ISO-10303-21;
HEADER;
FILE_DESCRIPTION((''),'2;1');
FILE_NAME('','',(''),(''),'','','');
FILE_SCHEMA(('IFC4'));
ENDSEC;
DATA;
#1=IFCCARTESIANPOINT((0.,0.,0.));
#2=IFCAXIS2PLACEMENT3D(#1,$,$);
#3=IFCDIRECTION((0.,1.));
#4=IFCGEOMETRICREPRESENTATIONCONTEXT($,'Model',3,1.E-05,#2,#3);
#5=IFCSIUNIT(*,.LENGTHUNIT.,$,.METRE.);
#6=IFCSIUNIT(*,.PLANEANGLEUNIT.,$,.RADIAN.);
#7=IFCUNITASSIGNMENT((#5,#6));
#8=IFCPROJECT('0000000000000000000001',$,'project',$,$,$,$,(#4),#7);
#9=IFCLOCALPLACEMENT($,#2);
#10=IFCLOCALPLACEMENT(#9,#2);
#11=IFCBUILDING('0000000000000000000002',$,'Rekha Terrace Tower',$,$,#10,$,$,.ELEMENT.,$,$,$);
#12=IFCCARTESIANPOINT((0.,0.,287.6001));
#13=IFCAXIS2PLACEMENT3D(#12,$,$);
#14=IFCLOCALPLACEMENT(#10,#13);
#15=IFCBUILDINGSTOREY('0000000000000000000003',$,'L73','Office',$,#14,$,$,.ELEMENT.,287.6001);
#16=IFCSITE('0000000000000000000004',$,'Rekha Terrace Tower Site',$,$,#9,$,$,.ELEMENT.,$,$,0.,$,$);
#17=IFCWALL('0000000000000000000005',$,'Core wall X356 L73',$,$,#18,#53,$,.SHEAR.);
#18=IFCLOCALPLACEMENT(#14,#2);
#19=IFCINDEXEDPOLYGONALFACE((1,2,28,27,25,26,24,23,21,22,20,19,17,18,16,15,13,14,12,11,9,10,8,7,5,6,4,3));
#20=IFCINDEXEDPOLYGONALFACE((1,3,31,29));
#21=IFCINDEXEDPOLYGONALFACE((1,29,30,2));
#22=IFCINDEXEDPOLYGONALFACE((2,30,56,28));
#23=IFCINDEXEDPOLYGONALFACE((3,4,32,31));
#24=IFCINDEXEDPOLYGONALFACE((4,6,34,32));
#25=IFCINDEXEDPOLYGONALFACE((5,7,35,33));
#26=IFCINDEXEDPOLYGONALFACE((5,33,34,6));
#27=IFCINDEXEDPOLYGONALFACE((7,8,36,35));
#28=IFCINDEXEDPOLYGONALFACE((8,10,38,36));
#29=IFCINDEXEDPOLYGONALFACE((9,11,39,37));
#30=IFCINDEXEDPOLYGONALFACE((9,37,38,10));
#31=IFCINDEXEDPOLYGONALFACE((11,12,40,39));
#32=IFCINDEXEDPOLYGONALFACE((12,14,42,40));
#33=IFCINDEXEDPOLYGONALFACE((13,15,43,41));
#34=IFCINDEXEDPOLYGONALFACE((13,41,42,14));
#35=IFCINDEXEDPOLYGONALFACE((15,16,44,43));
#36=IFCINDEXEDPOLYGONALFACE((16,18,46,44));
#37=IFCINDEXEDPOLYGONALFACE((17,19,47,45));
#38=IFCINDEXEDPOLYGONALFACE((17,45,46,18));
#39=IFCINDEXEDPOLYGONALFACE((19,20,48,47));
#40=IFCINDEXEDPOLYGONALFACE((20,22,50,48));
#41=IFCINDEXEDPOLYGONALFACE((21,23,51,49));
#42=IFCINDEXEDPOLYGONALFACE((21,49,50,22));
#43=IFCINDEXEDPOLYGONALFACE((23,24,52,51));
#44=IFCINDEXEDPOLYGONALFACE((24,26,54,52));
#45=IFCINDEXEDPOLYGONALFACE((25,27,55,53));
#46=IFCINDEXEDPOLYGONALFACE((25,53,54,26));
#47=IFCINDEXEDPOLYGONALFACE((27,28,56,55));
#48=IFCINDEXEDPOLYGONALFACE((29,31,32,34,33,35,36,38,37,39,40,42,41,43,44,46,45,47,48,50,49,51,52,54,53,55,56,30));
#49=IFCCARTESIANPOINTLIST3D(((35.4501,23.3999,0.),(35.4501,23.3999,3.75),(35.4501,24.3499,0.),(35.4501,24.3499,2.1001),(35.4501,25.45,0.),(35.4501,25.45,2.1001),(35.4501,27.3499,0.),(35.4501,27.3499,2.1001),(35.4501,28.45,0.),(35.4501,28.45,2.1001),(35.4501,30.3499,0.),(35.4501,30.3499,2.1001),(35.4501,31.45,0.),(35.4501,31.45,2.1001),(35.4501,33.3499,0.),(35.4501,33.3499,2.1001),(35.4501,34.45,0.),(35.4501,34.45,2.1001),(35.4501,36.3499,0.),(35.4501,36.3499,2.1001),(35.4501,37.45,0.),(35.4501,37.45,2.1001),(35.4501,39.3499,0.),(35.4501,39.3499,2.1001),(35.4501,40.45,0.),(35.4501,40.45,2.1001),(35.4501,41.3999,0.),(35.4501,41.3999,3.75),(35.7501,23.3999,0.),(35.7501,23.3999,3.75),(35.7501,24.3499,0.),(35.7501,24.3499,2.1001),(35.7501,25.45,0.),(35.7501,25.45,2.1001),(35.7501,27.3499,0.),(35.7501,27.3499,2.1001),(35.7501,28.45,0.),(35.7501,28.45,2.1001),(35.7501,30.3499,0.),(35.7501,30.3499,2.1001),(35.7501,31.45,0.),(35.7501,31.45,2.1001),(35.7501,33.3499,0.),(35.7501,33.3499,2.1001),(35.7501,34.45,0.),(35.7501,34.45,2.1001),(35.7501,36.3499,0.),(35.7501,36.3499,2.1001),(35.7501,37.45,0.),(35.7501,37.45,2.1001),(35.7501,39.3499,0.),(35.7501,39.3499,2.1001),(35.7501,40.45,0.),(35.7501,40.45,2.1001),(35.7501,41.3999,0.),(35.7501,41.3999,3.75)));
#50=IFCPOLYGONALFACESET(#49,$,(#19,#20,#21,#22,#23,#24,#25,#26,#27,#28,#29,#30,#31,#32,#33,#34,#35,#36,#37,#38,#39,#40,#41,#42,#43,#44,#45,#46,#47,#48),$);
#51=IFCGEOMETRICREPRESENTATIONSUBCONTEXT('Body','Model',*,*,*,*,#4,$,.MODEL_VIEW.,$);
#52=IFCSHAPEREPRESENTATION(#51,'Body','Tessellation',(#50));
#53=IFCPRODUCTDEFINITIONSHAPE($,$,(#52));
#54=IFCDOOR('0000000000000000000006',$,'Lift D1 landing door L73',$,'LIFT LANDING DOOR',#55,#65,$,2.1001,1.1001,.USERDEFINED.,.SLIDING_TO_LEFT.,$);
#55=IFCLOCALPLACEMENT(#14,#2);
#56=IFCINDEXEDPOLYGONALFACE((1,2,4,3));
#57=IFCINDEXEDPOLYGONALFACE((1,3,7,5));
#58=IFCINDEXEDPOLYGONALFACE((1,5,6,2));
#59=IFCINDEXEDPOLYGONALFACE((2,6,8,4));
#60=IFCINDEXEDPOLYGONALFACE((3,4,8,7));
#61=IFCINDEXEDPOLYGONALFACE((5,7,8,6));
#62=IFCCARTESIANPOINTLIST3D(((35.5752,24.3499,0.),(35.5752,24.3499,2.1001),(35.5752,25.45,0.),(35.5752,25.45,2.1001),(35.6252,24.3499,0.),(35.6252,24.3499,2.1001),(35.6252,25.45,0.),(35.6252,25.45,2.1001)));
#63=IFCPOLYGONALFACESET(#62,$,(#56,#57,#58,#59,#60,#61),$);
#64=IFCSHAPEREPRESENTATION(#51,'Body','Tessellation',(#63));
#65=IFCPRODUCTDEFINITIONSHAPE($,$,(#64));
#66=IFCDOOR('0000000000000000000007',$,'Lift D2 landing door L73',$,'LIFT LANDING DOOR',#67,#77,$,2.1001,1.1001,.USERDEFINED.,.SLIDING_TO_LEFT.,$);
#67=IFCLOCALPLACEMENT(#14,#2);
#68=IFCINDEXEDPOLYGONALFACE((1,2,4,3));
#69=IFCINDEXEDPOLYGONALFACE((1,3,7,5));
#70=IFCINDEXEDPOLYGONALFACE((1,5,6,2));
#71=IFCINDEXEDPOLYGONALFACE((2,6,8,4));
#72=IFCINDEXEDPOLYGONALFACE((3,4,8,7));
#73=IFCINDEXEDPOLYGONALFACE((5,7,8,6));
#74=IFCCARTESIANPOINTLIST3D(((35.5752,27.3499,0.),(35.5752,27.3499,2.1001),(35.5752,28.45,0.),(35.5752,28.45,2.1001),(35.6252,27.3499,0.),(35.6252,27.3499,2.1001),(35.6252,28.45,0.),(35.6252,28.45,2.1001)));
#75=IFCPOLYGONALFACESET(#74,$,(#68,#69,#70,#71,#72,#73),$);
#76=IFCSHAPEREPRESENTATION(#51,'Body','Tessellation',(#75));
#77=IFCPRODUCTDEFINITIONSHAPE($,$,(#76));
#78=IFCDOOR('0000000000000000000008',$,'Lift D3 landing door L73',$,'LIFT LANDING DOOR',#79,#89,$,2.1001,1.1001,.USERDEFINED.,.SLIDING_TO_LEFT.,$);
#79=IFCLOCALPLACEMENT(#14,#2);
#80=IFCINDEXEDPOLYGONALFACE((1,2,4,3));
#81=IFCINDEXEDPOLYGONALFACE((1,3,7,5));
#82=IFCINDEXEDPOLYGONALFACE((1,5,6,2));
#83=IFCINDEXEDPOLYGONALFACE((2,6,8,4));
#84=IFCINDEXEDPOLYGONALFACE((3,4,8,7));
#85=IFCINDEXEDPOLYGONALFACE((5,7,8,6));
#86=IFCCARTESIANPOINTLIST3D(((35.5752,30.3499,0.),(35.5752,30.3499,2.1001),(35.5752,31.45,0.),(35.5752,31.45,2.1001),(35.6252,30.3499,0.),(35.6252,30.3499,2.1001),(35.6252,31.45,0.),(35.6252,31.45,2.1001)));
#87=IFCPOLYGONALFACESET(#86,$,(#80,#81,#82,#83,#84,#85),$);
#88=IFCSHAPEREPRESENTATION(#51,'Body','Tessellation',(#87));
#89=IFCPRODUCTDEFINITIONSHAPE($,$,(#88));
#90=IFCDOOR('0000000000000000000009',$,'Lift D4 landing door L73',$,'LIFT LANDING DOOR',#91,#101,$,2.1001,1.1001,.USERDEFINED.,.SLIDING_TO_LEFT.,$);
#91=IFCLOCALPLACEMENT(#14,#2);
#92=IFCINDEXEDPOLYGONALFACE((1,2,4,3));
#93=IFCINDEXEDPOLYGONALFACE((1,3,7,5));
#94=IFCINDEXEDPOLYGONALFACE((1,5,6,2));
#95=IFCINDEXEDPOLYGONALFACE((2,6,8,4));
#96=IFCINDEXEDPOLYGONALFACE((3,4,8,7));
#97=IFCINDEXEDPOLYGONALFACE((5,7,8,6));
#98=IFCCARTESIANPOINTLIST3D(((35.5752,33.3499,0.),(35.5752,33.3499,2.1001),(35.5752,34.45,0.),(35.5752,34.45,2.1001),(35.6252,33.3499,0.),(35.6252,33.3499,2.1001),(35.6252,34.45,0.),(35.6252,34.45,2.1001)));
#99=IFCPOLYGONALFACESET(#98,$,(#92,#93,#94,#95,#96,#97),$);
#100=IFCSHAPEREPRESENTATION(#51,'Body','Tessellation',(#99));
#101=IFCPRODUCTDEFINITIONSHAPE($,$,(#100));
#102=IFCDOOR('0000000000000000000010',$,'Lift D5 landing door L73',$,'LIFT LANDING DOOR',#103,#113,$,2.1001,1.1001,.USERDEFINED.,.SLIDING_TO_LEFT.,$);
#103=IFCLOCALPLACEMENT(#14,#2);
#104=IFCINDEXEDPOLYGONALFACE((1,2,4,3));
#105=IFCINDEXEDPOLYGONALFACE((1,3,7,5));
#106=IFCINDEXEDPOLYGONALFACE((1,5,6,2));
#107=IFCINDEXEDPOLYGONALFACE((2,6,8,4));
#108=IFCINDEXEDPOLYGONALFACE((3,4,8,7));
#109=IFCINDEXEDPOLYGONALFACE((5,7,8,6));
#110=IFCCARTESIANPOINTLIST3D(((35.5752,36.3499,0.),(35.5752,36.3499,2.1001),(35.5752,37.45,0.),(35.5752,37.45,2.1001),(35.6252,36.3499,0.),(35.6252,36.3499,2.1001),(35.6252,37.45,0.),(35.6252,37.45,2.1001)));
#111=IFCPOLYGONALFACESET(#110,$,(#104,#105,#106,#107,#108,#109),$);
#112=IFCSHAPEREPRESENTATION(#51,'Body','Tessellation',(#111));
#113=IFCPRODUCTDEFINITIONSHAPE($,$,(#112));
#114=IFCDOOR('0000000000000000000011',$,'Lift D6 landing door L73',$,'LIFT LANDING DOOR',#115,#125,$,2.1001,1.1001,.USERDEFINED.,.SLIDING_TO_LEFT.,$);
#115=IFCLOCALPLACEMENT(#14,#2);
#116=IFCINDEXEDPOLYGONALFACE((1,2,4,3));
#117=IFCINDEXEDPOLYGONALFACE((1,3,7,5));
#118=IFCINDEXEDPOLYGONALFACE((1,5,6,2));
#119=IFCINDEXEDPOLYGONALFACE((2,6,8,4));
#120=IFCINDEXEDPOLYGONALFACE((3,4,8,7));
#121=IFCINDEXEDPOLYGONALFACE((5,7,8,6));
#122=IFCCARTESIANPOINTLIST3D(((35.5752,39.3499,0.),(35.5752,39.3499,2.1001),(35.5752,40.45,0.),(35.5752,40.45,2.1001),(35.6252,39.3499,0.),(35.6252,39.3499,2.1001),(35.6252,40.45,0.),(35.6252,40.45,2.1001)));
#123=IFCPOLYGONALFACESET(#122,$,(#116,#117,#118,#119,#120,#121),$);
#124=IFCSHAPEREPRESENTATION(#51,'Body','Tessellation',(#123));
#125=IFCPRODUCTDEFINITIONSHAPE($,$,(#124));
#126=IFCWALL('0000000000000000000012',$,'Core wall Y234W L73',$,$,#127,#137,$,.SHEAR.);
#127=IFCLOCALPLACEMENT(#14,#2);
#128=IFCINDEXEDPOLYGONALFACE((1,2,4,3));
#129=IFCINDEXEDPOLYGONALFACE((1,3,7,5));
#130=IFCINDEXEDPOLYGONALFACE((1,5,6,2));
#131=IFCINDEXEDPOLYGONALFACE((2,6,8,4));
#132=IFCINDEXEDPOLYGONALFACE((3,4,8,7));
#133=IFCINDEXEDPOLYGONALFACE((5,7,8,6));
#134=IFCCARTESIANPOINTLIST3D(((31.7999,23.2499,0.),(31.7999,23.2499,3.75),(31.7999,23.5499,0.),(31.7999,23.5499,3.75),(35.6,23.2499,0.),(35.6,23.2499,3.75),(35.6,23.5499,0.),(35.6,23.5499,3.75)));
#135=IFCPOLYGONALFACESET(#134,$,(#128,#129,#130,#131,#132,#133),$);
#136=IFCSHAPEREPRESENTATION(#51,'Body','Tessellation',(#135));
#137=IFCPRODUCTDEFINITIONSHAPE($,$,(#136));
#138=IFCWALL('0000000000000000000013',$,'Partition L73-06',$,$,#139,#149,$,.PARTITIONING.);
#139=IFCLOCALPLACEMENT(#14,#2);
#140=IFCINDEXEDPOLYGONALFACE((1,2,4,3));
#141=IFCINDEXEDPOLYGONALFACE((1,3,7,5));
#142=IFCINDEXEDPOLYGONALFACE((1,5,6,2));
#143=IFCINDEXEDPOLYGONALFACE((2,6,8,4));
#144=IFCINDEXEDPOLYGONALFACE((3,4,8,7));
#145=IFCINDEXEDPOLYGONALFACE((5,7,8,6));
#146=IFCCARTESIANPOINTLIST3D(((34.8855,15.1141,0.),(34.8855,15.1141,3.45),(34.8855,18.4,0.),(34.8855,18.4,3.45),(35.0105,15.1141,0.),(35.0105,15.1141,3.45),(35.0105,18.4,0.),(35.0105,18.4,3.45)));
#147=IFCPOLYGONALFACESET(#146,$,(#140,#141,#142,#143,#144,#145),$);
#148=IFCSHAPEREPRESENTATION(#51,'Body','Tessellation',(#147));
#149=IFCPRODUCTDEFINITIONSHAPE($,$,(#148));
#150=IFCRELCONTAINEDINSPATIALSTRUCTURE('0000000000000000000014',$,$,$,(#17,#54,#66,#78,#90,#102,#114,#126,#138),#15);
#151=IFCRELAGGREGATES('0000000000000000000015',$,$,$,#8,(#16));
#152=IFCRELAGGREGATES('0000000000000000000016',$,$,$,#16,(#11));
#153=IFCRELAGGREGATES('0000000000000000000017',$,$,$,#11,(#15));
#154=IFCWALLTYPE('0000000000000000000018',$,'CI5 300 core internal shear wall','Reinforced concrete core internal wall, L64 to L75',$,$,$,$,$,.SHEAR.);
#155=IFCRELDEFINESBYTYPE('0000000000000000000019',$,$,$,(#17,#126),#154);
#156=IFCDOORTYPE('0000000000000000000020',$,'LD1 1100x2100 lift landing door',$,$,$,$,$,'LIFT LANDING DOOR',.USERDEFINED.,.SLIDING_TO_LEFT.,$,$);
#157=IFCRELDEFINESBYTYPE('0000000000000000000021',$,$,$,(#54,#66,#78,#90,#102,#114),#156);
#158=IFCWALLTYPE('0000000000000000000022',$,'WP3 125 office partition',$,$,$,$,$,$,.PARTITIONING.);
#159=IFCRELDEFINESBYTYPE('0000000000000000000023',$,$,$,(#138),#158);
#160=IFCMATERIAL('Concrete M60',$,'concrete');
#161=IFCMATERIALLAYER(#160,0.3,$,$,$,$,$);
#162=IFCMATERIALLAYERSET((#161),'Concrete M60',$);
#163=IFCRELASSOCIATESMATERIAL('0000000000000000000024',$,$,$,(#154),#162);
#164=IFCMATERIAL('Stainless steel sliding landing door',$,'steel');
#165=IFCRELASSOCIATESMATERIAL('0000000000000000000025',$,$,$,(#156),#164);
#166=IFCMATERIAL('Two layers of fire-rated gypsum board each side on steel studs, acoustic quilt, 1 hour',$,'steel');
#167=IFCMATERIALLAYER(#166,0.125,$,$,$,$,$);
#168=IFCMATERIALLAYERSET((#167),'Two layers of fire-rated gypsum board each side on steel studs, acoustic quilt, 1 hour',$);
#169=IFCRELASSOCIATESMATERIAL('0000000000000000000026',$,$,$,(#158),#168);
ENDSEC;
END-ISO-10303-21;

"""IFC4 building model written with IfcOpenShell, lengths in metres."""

from ifc_helpers import new_model, si_unit, direction, frame, frame_2d, origin, place, context, subcontext, project, spatial, rectangle, extrude, material, layer, layer_set, type_object, element, fill, save


model = new_model("IFC4")

# Units and contexts
model_context = context("Model", 3, precision=1e-05, world=origin(), true_north=direction((0.0, 1.0)))
body_context = subcontext(model_context, "Body", "Model", "MODEL_VIEW")
ifc_project = project(units=[si_unit("LENGTHUNIT", "METRE"), si_unit("PLANEANGLEUNIT", "RADIAN")], contexts=[model_context])

# Site, building, storey
site_placement = place(None, origin())
site = spatial("IfcSite", under=ifc_project, at=site_placement, Name="Rekha Terrace Tower Site", CompositionType="ELEMENT", RefElevation=0.0)
building_placement = place(site_placement, origin())
building = spatial("IfcBuilding", under=site, at=building_placement, Name="Rekha Terrace Tower", CompositionType="ELEMENT")
storey_placement = place(building_placement, frame((0.0, 0.0, 287.6001)))
storey = spatial("IfcBuildingStorey", under=building, at=storey_placement, Name="L73", Description="Office", CompositionType="ELEMENT", Elevation=287.6001)

# Shared definitions
ifc_material_1 = material(Name="Concrete M60", Category="concrete")

# Shared definitions
ifc_layer_1 = layer(ifc_material_1, 0.3)
ifc_layer_set_1 = layer_set([ifc_layer_1], Name="Concrete M60")
wall_type_1 = type_object("IfcWallType", Name="CI5 300 core internal shear wall", Description="Reinforced concrete core internal wall, L64 to L75", PredefinedType="SHEAR", material=ifc_layer_set_1)

# Wall, openings, doors
wall_1_placement = place(storey_placement, frame((35.6001, 23.3999, 0.0), z_axis=(0.0, 0.0, 1.0), x_axis=(0.0, 1.0, 0.0)))
wall_1 = element("IfcWall", 1, at=wall_1_placement, inside=storey, type_object=wall_type_1, Name="Core wall X356 L73", PredefinedType="SHEAR", context=body_context, shape_type="SweptSolid", body=[
    extrude(rectangle(XDim=18.0, YDim=0.3, at=frame_2d((9.0, 0.0))), origin(), (0.0, 0.0, 1.0), 3.75),
])
opening_1_placement = place(wall_1_placement, frame((0.95, 0.0, 0.0)))
opening_1 = element("IfcOpeningElement", 2, at=opening_1_placement, cuts=wall_1, PredefinedType="OPENING", context=body_context, shape_type="SweptSolid", body=[
    extrude(rectangle(XDim=1.1001, YDim=2.1001, at=frame_2d((0.55, 1.05))), frame((0.0, 0.1599, 0.0), z_axis=(0.0, -1.0, 0.0), x_axis=(1.0, 0.0, 0.0)), (0.0, 0.0, 1.0), 0.3201),
])
opening_2_placement = place(wall_1_placement, frame((3.95, 0.0, 0.0)))
opening_2 = element("IfcOpeningElement", 3, at=opening_2_placement, cuts=wall_1, PredefinedType="OPENING", context=body_context, shape_type="SweptSolid", body=[
    extrude(rectangle(XDim=1.1001, YDim=2.1001, at=frame_2d((0.55, 1.05))), frame((0.0, 0.1599, 0.0), z_axis=(0.0, -1.0, 0.0), x_axis=(1.0, 0.0, 0.0)), (0.0, 0.0, 1.0), 0.3201),
])
opening_3_placement = place(wall_1_placement, frame((6.95, 0.0, 0.0)))
opening_3 = element("IfcOpeningElement", 4, at=opening_3_placement, cuts=wall_1, PredefinedType="OPENING", context=body_context, shape_type="SweptSolid", body=[
    extrude(rectangle(XDim=1.1001, YDim=2.1001, at=frame_2d((0.55, 1.05))), frame((0.0, 0.1599, 0.0), z_axis=(0.0, -1.0, 0.0), x_axis=(1.0, 0.0, 0.0)), (0.0, 0.0, 1.0), 0.3201),
])
opening_4_placement = place(wall_1_placement, frame((9.95, 0.0, 0.0)))
opening_4 = element("IfcOpeningElement", 5, at=opening_4_placement, cuts=wall_1, PredefinedType="OPENING", context=body_context, shape_type="SweptSolid", body=[
    extrude(rectangle(XDim=1.1001, YDim=2.1001, at=frame_2d((0.55, 1.05))), frame((0.0, 0.1599, 0.0), z_axis=(0.0, -1.0, 0.0), x_axis=(1.0, 0.0, 0.0)), (0.0, 0.0, 1.0), 0.3201),
])
opening_5_placement = place(wall_1_placement, frame((12.95, 0.0, 0.0)))
opening_5 = element("IfcOpeningElement", 6, at=opening_5_placement, cuts=wall_1, PredefinedType="OPENING", context=body_context, shape_type="SweptSolid", body=[
    extrude(rectangle(XDim=1.1001, YDim=2.1001, at=frame_2d((0.55, 1.05))), frame((0.0, 0.1599, 0.0), z_axis=(0.0, -1.0, 0.0), x_axis=(1.0, 0.0, 0.0)), (0.0, 0.0, 1.0), 0.3201),
])
opening_6_placement = place(wall_1_placement, frame((15.95, 0.0, 0.0)))
opening_6 = element("IfcOpeningElement", 7, at=opening_6_placement, cuts=wall_1, PredefinedType="OPENING", context=body_context, shape_type="SweptSolid", body=[
    extrude(rectangle(XDim=1.1001, YDim=2.1001, at=frame_2d((0.55, 1.05))), frame((0.0, 0.1599, 0.0), z_axis=(0.0, -1.0, 0.0), x_axis=(1.0, 0.0, 0.0)), (0.0, 0.0, 1.0), 0.3201),
])
ifc_material_2 = material(Name="Stainless steel sliding landing door", Category="steel")
door_type_1 = type_object("IfcDoorType", Name="LD1 1100x2100 lift landing door", ElementType="LIFT LANDING DOOR", OperationType="SLIDING_TO_LEFT", PredefinedType="USERDEFINED", material=ifc_material_2)
door_1_placement = place(opening_1_placement, origin())
door_1 = element("IfcDoor", 8, at=door_1_placement, inside=storey, type_object=door_type_1, Name="Lift D1 landing door L73", ObjectType="LIFT LANDING DOOR", OperationType="SLIDING_TO_LEFT", OverallHeight=2.1001, OverallWidth=1.1001, PredefinedType="USERDEFINED", context=body_context, shape_type="SweptSolid", body=[
    extrude(rectangle(XDim=1.1001, YDim=2.1001, at=frame_2d((0.55, 1.05))), frame((0.0, 0.0249, 0.0), z_axis=(0.0, -1.0, 0.0), x_axis=(1.0, 0.0, 0.0)), (0.0, 0.0, 1.0), 0.05),
])
fill(opening_1, door_1)
door_2_placement = place(opening_2_placement, origin())
door_2 = element("IfcDoor", 9, at=door_2_placement, inside=storey, type_object=door_type_1, Name="Lift D2 landing door L73", ObjectType="LIFT LANDING DOOR", OperationType="SLIDING_TO_LEFT", OverallHeight=2.1001, OverallWidth=1.1001, PredefinedType="USERDEFINED", context=body_context, shape_type="SweptSolid", body=[
    extrude(rectangle(XDim=1.1001, YDim=2.1001, at=frame_2d((0.55, 1.05))), frame((0.0, 0.0249, 0.0), z_axis=(0.0, -1.0, 0.0), x_axis=(1.0, 0.0, 0.0)), (0.0, 0.0, 1.0), 0.05),
])
fill(opening_2, door_2)
door_3_placement = place(opening_3_placement, origin())
door_3 = element("IfcDoor", 10, at=door_3_placement, inside=storey, type_object=door_type_1, Name="Lift D3 landing door L73", ObjectType="LIFT LANDING DOOR", OperationType="SLIDING_TO_LEFT", OverallHeight=2.1001, OverallWidth=1.1001, PredefinedType="USERDEFINED", context=body_context, shape_type="SweptSolid", body=[
    extrude(rectangle(XDim=1.1001, YDim=2.1001, at=frame_2d((0.55, 1.05))), frame((0.0, 0.0249, 0.0), z_axis=(0.0, -1.0, 0.0), x_axis=(1.0, 0.0, 0.0)), (0.0, 0.0, 1.0), 0.05),
])
fill(opening_3, door_3)
door_4_placement = place(opening_4_placement, origin())
door_4 = element("IfcDoor", 11, at=door_4_placement, inside=storey, type_object=door_type_1, Name="Lift D4 landing door L73", ObjectType="LIFT LANDING DOOR", OperationType="SLIDING_TO_LEFT", OverallHeight=2.1001, OverallWidth=1.1001, PredefinedType="USERDEFINED", context=body_context, shape_type="SweptSolid", body=[
    extrude(rectangle(XDim=1.1001, YDim=2.1001, at=frame_2d((0.55, 1.05))), frame((0.0, 0.0249, 0.0), z_axis=(0.0, -1.0, 0.0), x_axis=(1.0, 0.0, 0.0)), (0.0, 0.0, 1.0), 0.05),
])
fill(opening_4, door_4)
door_5_placement = place(opening_5_placement, origin())
door_5 = element("IfcDoor", 12, at=door_5_placement, inside=storey, type_object=door_type_1, Name="Lift D5 landing door L73", ObjectType="LIFT LANDING DOOR", OperationType="SLIDING_TO_LEFT", OverallHeight=2.1001, OverallWidth=1.1001, PredefinedType="USERDEFINED", context=body_context, shape_type="SweptSolid", body=[
    extrude(rectangle(XDim=1.1001, YDim=2.1001, at=frame_2d((0.55, 1.05))), frame((0.0, 0.0249, 0.0), z_axis=(0.0, -1.0, 0.0), x_axis=(1.0, 0.0, 0.0)), (0.0, 0.0, 1.0), 0.05),
])
fill(opening_5, door_5)
door_6_placement = place(opening_6_placement, origin())
door_6 = element("IfcDoor", 13, at=door_6_placement, inside=storey, type_object=door_type_1, Name="Lift D6 landing door L73", ObjectType="LIFT LANDING DOOR", OperationType="SLIDING_TO_LEFT", OverallHeight=2.1001, OverallWidth=1.1001, PredefinedType="USERDEFINED", context=body_context, shape_type="SweptSolid", body=[
    extrude(rectangle(XDim=1.1001, YDim=2.1001, at=frame_2d((0.55, 1.05))), frame((0.0, 0.0249, 0.0), z_axis=(0.0, -1.0, 0.0), x_axis=(1.0, 0.0, 0.0)), (0.0, 0.0, 1.0), 0.05),
])
fill(opening_6, door_6)

# Walls
wall_2_placement = place(storey_placement, frame((31.8, 23.3999, 0.0), z_axis=(0.0, 0.0, 1.0), x_axis=(1.0, 0.0, 0.0)))
element("IfcWall", 14, at=wall_2_placement, inside=storey, type_object=wall_type_1, Name="Core wall Y234W L73", PredefinedType="SHEAR", context=body_context, shape_type="SweptSolid", body=[
    extrude(rectangle(XDim=3.8, YDim=0.3, at=frame_2d((1.8999, 0.0))), origin(), (0.0, 0.0, 1.0), 3.75),
])
ifc_material_3 = material(Name="Two layers of fire-rated gypsum board each side on steel studs, acoustic quilt, 1 hour", Category="steel")
ifc_layer_2 = layer(ifc_material_3, 0.125)
ifc_layer_set_2 = layer_set([ifc_layer_2], Name="Two layers of fire-rated gypsum board each side on steel studs, acoustic quilt, 1 hour")
wall_type_2 = type_object("IfcWallType", Name="WP3 125 office partition", PredefinedType="PARTITIONING", material=ifc_layer_set_2)
wall_3_placement = place(storey_placement, frame((34.948, 15.114, 0.0), z_axis=(0.0, 0.0, 1.0), x_axis=(0.0, 1.0, 0.0)))
element("IfcWall", 15, at=wall_3_placement, inside=storey, type_object=wall_type_2, Name="Partition L73-06", PredefinedType="PARTITIONING", context=body_context, shape_type="SweptSolid", body=[
    extrude(rectangle(XDim=3.2859, YDim=0.125, at=frame_2d((1.6431, 0.0))), origin(), (0.0, 0.0, 1.0), 3.45),
])

save(model, "model.ifc")
